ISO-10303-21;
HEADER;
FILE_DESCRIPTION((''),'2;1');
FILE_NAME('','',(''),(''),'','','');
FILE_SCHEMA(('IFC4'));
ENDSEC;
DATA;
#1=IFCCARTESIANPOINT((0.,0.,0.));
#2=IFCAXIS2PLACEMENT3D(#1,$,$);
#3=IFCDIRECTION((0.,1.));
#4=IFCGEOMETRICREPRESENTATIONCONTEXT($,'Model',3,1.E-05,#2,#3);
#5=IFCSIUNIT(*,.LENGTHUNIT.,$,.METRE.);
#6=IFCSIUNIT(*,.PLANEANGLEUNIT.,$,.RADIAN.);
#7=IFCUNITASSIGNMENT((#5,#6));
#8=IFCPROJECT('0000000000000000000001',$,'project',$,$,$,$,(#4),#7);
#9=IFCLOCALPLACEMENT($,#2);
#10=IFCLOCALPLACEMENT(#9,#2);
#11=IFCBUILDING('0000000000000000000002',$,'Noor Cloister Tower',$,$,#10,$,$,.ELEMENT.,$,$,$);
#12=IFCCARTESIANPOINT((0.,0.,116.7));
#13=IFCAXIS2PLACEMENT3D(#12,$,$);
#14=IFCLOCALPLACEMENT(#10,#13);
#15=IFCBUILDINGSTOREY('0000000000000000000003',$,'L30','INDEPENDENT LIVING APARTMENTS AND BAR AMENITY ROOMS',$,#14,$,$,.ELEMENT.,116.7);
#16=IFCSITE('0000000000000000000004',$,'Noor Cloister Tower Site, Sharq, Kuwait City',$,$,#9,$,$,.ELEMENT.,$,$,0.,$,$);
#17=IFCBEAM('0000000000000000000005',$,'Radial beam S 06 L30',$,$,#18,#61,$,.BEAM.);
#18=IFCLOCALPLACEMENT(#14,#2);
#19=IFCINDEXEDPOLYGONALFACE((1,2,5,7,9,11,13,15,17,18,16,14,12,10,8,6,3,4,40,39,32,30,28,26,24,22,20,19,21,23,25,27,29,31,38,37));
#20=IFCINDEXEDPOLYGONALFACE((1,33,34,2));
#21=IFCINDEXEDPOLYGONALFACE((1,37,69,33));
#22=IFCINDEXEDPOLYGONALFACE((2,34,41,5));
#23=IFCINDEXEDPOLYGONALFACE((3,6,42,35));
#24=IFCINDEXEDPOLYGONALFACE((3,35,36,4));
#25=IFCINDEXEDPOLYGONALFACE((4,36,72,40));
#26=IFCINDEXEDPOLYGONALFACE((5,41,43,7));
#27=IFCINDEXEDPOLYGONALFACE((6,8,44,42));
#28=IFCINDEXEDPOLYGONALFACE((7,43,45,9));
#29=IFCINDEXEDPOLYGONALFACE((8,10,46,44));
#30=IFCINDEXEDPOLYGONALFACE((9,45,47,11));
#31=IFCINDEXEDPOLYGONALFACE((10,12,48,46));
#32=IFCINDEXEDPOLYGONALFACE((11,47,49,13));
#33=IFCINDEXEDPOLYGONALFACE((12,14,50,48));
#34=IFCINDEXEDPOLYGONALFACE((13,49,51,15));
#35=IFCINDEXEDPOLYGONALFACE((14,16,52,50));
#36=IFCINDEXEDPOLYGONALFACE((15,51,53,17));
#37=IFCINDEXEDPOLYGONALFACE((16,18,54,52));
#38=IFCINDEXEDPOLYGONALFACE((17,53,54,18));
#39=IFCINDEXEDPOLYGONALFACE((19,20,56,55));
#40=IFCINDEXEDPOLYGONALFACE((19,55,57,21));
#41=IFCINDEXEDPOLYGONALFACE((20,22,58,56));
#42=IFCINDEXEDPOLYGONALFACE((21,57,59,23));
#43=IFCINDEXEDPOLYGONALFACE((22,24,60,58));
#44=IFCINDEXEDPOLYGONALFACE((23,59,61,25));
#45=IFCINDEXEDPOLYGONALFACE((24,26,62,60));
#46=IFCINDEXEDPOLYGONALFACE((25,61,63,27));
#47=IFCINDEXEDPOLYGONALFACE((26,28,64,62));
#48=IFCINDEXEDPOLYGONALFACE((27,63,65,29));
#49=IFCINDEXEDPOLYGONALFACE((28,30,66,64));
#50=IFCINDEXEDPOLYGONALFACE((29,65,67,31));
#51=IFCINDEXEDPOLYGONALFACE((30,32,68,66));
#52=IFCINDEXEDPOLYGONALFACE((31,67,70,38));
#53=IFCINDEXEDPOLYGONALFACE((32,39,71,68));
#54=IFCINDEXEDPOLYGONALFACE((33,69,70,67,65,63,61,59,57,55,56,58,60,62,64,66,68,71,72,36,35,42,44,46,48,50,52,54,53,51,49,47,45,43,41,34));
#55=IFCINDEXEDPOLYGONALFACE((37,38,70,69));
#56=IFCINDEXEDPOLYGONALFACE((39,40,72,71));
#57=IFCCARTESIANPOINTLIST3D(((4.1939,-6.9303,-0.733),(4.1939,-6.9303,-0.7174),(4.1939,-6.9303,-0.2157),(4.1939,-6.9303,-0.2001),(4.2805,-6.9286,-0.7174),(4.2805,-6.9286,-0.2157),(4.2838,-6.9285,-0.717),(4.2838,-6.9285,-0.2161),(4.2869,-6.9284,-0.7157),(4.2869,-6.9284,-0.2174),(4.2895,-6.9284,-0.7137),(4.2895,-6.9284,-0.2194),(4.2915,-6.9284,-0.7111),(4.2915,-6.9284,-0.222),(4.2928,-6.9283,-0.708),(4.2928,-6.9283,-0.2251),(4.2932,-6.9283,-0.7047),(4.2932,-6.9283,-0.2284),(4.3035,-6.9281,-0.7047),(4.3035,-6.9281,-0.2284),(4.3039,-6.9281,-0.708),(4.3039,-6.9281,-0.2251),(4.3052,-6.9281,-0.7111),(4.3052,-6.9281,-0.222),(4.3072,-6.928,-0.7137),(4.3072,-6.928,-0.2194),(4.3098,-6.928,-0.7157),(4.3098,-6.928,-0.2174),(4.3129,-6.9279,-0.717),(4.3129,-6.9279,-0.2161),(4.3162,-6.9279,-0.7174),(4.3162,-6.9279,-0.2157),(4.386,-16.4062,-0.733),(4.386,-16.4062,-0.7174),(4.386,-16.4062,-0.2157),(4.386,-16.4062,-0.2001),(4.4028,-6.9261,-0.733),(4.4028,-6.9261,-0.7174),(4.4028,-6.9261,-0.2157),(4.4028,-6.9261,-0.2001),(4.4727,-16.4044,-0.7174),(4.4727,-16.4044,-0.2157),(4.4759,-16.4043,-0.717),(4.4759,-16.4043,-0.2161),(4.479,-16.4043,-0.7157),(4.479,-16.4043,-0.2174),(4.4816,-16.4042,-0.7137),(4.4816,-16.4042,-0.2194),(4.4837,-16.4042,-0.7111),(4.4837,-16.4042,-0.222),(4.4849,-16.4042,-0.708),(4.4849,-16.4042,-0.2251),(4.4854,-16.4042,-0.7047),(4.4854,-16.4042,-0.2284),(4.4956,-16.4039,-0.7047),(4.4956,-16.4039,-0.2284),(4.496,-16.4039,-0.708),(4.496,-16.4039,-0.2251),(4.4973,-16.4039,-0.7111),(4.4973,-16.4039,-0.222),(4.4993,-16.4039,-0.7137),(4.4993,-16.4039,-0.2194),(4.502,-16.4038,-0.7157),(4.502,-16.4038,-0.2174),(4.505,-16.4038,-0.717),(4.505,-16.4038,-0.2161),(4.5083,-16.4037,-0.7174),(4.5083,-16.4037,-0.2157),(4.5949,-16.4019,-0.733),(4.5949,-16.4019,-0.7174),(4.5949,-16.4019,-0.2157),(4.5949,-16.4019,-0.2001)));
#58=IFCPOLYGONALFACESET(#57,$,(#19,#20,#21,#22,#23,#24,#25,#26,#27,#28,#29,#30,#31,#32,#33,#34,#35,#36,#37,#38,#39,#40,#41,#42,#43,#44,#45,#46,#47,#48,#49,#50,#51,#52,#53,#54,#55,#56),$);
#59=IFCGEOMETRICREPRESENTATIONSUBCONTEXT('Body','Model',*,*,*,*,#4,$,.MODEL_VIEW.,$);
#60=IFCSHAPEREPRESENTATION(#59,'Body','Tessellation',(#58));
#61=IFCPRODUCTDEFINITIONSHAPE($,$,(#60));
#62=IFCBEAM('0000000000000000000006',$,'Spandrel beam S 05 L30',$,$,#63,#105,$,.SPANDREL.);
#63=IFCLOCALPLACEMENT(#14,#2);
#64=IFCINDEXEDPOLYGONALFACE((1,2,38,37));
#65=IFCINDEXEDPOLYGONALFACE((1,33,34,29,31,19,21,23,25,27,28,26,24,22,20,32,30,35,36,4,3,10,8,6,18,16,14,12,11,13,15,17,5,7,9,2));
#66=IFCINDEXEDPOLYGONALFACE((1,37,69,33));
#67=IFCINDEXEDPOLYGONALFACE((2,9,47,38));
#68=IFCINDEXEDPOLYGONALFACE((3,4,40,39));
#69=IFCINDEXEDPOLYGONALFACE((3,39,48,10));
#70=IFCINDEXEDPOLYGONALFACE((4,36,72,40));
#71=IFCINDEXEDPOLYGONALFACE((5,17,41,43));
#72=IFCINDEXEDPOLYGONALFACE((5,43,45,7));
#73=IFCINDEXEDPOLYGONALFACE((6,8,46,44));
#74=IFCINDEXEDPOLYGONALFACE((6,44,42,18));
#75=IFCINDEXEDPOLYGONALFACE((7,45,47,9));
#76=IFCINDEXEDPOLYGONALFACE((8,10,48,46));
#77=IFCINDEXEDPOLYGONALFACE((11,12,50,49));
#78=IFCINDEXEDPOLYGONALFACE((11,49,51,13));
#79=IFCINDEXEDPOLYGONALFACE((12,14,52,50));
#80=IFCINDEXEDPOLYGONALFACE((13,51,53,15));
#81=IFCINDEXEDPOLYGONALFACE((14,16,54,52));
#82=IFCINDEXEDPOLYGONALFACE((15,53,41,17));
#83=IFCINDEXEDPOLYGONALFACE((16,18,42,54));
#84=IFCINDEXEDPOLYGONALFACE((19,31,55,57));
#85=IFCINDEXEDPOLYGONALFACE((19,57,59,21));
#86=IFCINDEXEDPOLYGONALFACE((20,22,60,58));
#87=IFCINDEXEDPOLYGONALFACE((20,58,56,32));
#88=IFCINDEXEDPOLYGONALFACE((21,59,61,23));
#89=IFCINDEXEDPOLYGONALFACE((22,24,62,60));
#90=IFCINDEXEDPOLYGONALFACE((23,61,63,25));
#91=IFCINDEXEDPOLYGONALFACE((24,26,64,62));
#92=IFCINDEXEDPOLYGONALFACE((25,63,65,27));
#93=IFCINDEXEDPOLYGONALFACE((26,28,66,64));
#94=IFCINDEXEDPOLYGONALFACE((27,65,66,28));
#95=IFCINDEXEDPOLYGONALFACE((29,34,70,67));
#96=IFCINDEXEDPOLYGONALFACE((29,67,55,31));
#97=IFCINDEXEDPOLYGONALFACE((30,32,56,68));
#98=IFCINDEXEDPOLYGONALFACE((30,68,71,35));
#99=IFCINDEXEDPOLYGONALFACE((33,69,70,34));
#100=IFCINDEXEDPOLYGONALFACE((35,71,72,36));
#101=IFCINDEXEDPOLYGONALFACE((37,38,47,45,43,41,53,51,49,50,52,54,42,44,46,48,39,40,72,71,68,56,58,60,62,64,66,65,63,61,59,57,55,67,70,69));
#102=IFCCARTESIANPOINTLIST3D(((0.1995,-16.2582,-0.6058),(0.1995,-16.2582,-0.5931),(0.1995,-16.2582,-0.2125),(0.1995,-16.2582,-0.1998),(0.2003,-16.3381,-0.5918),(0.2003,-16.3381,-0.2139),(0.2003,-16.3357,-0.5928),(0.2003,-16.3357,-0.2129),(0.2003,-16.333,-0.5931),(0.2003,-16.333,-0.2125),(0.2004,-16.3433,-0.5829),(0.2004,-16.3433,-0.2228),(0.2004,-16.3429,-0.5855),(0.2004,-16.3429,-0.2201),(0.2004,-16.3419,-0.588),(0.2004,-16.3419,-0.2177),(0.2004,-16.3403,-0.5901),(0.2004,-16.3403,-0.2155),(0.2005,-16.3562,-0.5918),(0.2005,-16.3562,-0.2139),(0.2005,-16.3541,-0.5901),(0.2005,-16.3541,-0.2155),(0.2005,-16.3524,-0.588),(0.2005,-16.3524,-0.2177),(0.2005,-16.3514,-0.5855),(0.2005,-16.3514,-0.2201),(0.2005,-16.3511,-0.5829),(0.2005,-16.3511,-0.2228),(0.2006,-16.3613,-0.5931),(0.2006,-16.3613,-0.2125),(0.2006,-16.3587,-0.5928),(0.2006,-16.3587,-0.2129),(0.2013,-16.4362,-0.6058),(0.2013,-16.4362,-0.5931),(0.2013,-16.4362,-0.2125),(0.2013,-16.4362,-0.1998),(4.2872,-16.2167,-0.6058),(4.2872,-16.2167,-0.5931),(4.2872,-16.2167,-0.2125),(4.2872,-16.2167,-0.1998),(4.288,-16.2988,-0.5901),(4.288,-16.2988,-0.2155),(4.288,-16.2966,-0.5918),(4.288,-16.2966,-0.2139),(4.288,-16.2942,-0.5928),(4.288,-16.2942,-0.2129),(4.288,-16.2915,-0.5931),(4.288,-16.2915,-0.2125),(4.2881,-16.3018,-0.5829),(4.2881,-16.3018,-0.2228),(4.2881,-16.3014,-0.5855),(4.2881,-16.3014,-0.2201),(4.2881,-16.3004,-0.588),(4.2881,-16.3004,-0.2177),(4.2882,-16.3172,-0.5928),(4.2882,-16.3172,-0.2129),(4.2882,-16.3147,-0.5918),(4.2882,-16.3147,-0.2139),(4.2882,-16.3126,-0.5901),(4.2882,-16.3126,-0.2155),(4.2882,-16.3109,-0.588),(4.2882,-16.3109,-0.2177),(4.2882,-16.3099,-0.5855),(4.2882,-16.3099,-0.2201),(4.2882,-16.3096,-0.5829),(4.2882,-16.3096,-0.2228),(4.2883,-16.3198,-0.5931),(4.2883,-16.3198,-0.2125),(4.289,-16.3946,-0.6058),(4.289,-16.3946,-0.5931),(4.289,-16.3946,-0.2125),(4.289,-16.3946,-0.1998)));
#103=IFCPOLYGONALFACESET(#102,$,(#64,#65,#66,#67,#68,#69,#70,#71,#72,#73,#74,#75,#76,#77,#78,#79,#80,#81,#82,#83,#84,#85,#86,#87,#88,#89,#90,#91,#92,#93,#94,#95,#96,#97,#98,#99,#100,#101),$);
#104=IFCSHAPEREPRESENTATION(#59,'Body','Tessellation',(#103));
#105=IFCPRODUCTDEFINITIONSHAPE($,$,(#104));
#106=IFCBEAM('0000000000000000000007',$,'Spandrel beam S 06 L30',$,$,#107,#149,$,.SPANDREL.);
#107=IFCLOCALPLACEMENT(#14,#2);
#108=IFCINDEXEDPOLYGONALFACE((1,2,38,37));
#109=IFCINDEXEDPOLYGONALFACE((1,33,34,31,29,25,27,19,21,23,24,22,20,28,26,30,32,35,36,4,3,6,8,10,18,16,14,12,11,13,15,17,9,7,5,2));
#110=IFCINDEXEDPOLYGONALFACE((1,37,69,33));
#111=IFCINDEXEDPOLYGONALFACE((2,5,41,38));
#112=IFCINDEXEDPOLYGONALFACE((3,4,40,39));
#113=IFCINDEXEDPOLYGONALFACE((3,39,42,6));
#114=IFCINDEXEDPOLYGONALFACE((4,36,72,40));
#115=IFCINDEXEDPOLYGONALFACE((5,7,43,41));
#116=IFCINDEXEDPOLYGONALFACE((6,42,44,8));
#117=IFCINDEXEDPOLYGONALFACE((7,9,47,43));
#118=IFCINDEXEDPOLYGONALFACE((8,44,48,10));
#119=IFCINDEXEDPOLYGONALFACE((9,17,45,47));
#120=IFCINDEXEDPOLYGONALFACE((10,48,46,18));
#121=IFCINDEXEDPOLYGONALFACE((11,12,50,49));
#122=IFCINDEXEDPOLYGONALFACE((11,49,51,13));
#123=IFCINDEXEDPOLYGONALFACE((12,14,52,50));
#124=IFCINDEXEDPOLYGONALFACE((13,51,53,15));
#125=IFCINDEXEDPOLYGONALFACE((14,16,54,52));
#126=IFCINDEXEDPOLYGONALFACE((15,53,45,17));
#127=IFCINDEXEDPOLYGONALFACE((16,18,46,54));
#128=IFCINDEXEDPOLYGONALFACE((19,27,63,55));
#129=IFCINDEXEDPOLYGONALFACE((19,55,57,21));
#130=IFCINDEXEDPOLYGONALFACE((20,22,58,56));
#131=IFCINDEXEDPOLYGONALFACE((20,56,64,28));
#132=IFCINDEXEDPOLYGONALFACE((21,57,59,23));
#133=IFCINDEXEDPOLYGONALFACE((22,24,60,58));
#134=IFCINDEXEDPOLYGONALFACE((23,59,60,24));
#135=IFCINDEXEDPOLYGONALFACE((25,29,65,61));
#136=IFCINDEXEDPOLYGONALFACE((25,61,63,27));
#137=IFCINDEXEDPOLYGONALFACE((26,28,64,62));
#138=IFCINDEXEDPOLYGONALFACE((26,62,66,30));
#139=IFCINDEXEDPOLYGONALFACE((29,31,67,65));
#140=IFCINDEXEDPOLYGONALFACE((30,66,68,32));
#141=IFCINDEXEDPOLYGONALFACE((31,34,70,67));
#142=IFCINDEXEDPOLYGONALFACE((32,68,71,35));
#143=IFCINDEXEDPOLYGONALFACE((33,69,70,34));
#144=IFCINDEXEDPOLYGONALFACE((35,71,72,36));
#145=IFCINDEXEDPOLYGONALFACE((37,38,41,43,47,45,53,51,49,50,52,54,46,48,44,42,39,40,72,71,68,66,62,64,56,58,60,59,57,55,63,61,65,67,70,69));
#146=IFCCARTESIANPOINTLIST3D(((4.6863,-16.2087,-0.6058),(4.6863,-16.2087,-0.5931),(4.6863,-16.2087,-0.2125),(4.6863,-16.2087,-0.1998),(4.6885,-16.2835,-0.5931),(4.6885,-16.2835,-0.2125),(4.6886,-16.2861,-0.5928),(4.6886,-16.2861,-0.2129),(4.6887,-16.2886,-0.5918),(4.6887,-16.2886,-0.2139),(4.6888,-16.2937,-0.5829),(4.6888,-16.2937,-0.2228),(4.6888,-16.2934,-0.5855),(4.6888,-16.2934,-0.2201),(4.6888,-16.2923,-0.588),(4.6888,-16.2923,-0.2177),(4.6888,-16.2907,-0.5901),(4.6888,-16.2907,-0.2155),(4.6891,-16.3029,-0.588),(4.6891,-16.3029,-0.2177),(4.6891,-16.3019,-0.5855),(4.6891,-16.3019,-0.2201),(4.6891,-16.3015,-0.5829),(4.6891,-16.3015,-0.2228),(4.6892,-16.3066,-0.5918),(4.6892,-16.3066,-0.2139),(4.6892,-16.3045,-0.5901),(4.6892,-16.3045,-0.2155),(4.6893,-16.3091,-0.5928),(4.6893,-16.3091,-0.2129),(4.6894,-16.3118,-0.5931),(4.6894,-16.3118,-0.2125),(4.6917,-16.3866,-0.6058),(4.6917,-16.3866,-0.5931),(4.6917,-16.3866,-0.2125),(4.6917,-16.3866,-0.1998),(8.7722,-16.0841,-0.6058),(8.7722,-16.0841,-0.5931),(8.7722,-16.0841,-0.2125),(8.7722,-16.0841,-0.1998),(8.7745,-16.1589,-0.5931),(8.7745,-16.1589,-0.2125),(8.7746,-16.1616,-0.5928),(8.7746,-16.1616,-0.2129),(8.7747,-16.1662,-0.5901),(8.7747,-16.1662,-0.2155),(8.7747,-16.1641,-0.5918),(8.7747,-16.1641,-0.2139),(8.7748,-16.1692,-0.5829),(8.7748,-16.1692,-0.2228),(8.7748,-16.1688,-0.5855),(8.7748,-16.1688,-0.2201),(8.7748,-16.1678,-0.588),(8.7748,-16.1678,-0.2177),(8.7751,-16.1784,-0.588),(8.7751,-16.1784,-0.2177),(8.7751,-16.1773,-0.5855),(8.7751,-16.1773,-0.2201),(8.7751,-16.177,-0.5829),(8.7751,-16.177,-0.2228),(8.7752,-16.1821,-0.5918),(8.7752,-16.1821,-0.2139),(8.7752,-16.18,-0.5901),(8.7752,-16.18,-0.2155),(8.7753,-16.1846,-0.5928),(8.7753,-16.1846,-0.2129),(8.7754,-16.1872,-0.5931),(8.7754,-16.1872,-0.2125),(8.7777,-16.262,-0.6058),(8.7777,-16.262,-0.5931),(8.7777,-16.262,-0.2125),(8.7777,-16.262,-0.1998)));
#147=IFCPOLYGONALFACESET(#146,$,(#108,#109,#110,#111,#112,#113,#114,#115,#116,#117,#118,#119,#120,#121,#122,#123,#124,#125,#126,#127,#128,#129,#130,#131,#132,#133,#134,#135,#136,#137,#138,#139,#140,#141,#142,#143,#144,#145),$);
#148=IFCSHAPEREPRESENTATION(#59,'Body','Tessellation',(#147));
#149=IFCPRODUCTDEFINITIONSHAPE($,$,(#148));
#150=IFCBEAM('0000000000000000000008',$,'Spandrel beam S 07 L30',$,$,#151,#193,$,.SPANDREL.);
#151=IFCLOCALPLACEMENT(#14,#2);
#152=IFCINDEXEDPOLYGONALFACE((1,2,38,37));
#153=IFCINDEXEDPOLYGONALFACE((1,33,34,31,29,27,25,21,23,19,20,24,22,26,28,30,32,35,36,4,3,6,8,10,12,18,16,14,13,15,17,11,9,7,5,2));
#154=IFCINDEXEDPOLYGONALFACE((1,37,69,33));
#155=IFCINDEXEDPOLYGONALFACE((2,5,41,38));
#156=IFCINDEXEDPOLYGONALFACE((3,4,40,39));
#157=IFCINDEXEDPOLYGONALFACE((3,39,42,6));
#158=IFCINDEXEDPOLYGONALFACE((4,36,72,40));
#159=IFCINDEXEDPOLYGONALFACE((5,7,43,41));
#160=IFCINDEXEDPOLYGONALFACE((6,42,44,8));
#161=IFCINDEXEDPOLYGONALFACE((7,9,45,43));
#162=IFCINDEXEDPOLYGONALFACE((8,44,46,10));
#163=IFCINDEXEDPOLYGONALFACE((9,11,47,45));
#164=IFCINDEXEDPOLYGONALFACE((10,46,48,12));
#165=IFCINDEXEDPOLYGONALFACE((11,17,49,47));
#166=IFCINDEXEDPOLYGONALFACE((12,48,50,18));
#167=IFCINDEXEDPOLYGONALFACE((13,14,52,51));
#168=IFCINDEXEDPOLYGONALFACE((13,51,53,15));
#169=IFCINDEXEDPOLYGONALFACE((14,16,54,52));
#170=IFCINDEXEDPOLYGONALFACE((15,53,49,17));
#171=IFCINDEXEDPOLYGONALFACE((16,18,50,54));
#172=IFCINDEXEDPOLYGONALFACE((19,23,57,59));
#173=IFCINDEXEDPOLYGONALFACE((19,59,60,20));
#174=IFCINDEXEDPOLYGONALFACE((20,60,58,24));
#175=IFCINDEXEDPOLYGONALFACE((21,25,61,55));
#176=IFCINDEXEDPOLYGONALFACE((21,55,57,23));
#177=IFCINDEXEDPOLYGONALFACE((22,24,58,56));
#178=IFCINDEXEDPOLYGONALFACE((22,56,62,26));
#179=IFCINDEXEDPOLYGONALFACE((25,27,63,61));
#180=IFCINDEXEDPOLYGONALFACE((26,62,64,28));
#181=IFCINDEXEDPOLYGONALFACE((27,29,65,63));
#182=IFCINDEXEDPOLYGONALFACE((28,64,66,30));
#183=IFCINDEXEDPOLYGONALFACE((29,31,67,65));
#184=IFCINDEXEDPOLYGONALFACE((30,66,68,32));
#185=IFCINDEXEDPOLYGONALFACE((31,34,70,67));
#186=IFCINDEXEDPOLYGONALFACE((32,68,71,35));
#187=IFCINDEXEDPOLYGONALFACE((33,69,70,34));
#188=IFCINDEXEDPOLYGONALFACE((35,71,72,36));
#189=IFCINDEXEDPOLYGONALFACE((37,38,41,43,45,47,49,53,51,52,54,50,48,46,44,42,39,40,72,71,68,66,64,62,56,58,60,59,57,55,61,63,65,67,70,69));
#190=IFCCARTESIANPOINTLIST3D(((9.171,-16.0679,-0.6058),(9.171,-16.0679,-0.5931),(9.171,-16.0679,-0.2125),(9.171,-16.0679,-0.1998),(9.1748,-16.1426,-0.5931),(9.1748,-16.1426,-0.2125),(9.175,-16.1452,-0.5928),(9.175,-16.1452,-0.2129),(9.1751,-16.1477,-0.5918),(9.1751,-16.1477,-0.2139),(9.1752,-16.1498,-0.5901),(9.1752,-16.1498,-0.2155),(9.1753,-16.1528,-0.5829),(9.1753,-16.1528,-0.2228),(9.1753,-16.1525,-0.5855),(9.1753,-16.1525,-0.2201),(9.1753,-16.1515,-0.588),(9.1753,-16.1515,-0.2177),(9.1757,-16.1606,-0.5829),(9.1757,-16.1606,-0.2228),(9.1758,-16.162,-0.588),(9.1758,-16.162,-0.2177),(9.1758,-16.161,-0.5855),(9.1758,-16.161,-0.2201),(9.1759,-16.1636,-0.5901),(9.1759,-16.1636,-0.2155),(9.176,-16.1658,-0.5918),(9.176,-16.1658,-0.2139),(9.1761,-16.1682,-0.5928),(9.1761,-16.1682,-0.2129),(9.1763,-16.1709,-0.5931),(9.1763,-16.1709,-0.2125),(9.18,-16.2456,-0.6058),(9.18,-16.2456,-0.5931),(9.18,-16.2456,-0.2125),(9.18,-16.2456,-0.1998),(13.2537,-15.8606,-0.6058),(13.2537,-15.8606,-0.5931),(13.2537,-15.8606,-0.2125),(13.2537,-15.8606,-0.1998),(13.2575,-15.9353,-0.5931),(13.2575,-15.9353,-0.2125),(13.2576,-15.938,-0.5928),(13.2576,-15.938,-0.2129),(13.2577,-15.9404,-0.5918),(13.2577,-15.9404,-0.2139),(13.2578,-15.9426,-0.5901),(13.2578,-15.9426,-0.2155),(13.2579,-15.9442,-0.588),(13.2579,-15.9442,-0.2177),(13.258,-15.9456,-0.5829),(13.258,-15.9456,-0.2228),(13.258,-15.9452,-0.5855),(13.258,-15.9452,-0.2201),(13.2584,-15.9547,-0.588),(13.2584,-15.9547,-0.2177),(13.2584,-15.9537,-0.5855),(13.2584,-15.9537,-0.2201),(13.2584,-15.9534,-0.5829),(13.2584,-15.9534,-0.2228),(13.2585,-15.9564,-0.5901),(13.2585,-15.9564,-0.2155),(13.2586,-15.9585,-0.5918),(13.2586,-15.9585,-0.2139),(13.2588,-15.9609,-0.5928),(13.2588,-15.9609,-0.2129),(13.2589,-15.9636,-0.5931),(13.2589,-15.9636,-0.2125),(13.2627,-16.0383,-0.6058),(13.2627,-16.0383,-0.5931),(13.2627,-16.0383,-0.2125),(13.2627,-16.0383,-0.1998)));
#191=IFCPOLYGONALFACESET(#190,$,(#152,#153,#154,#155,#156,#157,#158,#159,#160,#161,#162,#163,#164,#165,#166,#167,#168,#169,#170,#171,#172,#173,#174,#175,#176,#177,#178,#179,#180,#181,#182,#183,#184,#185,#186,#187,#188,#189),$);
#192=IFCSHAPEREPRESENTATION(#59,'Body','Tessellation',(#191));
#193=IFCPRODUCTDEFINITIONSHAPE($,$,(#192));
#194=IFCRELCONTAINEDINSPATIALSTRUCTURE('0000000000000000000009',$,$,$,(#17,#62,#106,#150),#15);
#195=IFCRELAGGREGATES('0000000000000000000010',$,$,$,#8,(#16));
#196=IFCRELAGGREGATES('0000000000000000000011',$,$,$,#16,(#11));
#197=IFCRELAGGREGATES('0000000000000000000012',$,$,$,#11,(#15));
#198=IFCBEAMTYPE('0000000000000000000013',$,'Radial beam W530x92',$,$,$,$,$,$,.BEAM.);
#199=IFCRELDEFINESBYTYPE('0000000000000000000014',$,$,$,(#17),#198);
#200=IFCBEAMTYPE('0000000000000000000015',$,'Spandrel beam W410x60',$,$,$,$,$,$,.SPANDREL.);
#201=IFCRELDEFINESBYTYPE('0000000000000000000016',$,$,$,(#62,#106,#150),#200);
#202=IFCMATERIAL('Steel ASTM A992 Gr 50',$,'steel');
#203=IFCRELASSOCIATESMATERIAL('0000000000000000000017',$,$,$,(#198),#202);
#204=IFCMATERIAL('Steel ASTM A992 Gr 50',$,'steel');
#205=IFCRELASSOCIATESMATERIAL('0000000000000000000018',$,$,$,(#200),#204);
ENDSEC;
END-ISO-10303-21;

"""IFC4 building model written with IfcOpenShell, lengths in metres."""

from ifc_helpers import new_model, si_unit, direction, frame, origin, origin_2d, place, context, subcontext, project, spatial, i_section, extrude, material, material_profile, profile_set, type_object, element, save


model = new_model("IFC4")

# Units and contexts
model_context = context("Model", 3, precision=1e-05, world=origin(), true_north=direction((0.0, 1.0)))
body_context = subcontext(model_context, "Body", "Model", "MODEL_VIEW")
ifc_project = project(units=[si_unit("LENGTHUNIT", "METRE"), si_unit("PLANEANGLEUNIT", "RADIAN")], contexts=[model_context])

# Site, building, storey
site_placement = place(None, origin())
site = spatial("IfcSite", under=ifc_project, at=site_placement, Name="Noor Cloister Tower Site, Sharq, Kuwait City", CompositionType="ELEMENT", RefElevation=0.0)
building_placement = place(site_placement, origin())
building = spatial("IfcBuilding", under=site, at=building_placement, Name="Noor Cloister Tower", CompositionType="ELEMENT")
storey_placement = place(building_placement, frame((0.0, 0.0, 116.7)))
storey = spatial("IfcBuildingStorey", under=building, at=storey_placement, Name="L30", Description="INDEPENDENT LIVING APARTMENTS AND BAR AMENITY ROOMS", CompositionType="ELEMENT", Elevation=116.7)

# Beams
ifc_material_1 = material(Name="Steel ASTM A992 Gr 50", Category="steel")
ifc_material_profile_1 = material_profile(ifc_material_1, i_section(OverallWidth=0.209, OverallDepth=0.533, WebThickness=0.0103, FlangeThickness=0.0156, FilletRadius=0.0127, at=origin_2d()), Name="W530x92")
ifc_profile_set_1 = profile_set([ifc_material_profile_1], Name="Steel ASTM A992 Gr 50")
beam_type_1 = type_object("IfcBeamType", Name="Radial beam W530x92", PredefinedType="BEAM", material=ifc_profile_set_1)
beam_1_placement = place(storey_placement, frame((4.4905, -16.4041, -0.4666), z_axis=(-0.020273, 0.999794, 0.0), x_axis=(-0.999794, -0.020273, 0.0)))
element("IfcBeam", 1, at=beam_1_placement, inside=storey, type_object=beam_type_1, Name="Radial beam S 06 L30", PredefinedType="BEAM", context=body_context, shape_type="SweptSolid", body=[
    extrude(i_section(OverallWidth=0.209, OverallDepth=0.533, WebThickness=0.0103, FlangeThickness=0.0156, FilletRadius=0.0127, at=origin_2d()), origin(), (0.0, 0.0, 1.0), 9.4778),
])
ifc_material_2 = material(Name="Steel ASTM A992 Gr 50", Category="steel")
ifc_material_profile_2 = material_profile(ifc_material_2, i_section(OverallWidth=0.178, OverallDepth=0.406, WebThickness=0.0078, FlangeThickness=0.0127, FilletRadius=0.0103, at=origin_2d()), Name="W410x60")
ifc_profile_set_2 = profile_set([ifc_material_profile_2], Name="Steel ASTM A992 Gr 50")
beam_type_2 = type_object("IfcBeamType", Name="Spandrel beam W410x60", PredefinedType="SPANDREL", material=ifc_profile_set_2)
for number, where, z_axis, x_axis, name in (
    (2, (0.2004, -16.3472, -0.4028), (0.999948, 0.010153, 0.0), (-0.010153, 0.999948, 0.0), "Spandrel beam S 05 L30"),
    (3, (4.689, -16.2976, -0.4028), (0.999536, 0.030459, 0.0), (-0.030459, 0.999536, 0.0), "Spandrel beam S 06 L30"),
    (4, (9.1755, -16.1567, -0.4028), (0.998714, 0.050706, 0.0), (-0.050706, 0.998714, 0.0), "Spandrel beam S 07 L30"),
):
    element("IfcBeam", number, at=place(storey_placement, frame(where, z_axis=z_axis, x_axis=x_axis)), inside=storey, type_object=beam_type_2, Name=name, PredefinedType="SPANDREL", context=body_context, shape_type="SweptSolid", body=[
        extrude(i_section(OverallWidth=0.178, OverallDepth=0.406, WebThickness=0.0078, FlangeThickness=0.0127, FilletRadius=0.0103, at=origin_2d()), origin(), (0.0, 0.0, 1.0), 4.0879),
    ])

save(model, "model.ifc")
